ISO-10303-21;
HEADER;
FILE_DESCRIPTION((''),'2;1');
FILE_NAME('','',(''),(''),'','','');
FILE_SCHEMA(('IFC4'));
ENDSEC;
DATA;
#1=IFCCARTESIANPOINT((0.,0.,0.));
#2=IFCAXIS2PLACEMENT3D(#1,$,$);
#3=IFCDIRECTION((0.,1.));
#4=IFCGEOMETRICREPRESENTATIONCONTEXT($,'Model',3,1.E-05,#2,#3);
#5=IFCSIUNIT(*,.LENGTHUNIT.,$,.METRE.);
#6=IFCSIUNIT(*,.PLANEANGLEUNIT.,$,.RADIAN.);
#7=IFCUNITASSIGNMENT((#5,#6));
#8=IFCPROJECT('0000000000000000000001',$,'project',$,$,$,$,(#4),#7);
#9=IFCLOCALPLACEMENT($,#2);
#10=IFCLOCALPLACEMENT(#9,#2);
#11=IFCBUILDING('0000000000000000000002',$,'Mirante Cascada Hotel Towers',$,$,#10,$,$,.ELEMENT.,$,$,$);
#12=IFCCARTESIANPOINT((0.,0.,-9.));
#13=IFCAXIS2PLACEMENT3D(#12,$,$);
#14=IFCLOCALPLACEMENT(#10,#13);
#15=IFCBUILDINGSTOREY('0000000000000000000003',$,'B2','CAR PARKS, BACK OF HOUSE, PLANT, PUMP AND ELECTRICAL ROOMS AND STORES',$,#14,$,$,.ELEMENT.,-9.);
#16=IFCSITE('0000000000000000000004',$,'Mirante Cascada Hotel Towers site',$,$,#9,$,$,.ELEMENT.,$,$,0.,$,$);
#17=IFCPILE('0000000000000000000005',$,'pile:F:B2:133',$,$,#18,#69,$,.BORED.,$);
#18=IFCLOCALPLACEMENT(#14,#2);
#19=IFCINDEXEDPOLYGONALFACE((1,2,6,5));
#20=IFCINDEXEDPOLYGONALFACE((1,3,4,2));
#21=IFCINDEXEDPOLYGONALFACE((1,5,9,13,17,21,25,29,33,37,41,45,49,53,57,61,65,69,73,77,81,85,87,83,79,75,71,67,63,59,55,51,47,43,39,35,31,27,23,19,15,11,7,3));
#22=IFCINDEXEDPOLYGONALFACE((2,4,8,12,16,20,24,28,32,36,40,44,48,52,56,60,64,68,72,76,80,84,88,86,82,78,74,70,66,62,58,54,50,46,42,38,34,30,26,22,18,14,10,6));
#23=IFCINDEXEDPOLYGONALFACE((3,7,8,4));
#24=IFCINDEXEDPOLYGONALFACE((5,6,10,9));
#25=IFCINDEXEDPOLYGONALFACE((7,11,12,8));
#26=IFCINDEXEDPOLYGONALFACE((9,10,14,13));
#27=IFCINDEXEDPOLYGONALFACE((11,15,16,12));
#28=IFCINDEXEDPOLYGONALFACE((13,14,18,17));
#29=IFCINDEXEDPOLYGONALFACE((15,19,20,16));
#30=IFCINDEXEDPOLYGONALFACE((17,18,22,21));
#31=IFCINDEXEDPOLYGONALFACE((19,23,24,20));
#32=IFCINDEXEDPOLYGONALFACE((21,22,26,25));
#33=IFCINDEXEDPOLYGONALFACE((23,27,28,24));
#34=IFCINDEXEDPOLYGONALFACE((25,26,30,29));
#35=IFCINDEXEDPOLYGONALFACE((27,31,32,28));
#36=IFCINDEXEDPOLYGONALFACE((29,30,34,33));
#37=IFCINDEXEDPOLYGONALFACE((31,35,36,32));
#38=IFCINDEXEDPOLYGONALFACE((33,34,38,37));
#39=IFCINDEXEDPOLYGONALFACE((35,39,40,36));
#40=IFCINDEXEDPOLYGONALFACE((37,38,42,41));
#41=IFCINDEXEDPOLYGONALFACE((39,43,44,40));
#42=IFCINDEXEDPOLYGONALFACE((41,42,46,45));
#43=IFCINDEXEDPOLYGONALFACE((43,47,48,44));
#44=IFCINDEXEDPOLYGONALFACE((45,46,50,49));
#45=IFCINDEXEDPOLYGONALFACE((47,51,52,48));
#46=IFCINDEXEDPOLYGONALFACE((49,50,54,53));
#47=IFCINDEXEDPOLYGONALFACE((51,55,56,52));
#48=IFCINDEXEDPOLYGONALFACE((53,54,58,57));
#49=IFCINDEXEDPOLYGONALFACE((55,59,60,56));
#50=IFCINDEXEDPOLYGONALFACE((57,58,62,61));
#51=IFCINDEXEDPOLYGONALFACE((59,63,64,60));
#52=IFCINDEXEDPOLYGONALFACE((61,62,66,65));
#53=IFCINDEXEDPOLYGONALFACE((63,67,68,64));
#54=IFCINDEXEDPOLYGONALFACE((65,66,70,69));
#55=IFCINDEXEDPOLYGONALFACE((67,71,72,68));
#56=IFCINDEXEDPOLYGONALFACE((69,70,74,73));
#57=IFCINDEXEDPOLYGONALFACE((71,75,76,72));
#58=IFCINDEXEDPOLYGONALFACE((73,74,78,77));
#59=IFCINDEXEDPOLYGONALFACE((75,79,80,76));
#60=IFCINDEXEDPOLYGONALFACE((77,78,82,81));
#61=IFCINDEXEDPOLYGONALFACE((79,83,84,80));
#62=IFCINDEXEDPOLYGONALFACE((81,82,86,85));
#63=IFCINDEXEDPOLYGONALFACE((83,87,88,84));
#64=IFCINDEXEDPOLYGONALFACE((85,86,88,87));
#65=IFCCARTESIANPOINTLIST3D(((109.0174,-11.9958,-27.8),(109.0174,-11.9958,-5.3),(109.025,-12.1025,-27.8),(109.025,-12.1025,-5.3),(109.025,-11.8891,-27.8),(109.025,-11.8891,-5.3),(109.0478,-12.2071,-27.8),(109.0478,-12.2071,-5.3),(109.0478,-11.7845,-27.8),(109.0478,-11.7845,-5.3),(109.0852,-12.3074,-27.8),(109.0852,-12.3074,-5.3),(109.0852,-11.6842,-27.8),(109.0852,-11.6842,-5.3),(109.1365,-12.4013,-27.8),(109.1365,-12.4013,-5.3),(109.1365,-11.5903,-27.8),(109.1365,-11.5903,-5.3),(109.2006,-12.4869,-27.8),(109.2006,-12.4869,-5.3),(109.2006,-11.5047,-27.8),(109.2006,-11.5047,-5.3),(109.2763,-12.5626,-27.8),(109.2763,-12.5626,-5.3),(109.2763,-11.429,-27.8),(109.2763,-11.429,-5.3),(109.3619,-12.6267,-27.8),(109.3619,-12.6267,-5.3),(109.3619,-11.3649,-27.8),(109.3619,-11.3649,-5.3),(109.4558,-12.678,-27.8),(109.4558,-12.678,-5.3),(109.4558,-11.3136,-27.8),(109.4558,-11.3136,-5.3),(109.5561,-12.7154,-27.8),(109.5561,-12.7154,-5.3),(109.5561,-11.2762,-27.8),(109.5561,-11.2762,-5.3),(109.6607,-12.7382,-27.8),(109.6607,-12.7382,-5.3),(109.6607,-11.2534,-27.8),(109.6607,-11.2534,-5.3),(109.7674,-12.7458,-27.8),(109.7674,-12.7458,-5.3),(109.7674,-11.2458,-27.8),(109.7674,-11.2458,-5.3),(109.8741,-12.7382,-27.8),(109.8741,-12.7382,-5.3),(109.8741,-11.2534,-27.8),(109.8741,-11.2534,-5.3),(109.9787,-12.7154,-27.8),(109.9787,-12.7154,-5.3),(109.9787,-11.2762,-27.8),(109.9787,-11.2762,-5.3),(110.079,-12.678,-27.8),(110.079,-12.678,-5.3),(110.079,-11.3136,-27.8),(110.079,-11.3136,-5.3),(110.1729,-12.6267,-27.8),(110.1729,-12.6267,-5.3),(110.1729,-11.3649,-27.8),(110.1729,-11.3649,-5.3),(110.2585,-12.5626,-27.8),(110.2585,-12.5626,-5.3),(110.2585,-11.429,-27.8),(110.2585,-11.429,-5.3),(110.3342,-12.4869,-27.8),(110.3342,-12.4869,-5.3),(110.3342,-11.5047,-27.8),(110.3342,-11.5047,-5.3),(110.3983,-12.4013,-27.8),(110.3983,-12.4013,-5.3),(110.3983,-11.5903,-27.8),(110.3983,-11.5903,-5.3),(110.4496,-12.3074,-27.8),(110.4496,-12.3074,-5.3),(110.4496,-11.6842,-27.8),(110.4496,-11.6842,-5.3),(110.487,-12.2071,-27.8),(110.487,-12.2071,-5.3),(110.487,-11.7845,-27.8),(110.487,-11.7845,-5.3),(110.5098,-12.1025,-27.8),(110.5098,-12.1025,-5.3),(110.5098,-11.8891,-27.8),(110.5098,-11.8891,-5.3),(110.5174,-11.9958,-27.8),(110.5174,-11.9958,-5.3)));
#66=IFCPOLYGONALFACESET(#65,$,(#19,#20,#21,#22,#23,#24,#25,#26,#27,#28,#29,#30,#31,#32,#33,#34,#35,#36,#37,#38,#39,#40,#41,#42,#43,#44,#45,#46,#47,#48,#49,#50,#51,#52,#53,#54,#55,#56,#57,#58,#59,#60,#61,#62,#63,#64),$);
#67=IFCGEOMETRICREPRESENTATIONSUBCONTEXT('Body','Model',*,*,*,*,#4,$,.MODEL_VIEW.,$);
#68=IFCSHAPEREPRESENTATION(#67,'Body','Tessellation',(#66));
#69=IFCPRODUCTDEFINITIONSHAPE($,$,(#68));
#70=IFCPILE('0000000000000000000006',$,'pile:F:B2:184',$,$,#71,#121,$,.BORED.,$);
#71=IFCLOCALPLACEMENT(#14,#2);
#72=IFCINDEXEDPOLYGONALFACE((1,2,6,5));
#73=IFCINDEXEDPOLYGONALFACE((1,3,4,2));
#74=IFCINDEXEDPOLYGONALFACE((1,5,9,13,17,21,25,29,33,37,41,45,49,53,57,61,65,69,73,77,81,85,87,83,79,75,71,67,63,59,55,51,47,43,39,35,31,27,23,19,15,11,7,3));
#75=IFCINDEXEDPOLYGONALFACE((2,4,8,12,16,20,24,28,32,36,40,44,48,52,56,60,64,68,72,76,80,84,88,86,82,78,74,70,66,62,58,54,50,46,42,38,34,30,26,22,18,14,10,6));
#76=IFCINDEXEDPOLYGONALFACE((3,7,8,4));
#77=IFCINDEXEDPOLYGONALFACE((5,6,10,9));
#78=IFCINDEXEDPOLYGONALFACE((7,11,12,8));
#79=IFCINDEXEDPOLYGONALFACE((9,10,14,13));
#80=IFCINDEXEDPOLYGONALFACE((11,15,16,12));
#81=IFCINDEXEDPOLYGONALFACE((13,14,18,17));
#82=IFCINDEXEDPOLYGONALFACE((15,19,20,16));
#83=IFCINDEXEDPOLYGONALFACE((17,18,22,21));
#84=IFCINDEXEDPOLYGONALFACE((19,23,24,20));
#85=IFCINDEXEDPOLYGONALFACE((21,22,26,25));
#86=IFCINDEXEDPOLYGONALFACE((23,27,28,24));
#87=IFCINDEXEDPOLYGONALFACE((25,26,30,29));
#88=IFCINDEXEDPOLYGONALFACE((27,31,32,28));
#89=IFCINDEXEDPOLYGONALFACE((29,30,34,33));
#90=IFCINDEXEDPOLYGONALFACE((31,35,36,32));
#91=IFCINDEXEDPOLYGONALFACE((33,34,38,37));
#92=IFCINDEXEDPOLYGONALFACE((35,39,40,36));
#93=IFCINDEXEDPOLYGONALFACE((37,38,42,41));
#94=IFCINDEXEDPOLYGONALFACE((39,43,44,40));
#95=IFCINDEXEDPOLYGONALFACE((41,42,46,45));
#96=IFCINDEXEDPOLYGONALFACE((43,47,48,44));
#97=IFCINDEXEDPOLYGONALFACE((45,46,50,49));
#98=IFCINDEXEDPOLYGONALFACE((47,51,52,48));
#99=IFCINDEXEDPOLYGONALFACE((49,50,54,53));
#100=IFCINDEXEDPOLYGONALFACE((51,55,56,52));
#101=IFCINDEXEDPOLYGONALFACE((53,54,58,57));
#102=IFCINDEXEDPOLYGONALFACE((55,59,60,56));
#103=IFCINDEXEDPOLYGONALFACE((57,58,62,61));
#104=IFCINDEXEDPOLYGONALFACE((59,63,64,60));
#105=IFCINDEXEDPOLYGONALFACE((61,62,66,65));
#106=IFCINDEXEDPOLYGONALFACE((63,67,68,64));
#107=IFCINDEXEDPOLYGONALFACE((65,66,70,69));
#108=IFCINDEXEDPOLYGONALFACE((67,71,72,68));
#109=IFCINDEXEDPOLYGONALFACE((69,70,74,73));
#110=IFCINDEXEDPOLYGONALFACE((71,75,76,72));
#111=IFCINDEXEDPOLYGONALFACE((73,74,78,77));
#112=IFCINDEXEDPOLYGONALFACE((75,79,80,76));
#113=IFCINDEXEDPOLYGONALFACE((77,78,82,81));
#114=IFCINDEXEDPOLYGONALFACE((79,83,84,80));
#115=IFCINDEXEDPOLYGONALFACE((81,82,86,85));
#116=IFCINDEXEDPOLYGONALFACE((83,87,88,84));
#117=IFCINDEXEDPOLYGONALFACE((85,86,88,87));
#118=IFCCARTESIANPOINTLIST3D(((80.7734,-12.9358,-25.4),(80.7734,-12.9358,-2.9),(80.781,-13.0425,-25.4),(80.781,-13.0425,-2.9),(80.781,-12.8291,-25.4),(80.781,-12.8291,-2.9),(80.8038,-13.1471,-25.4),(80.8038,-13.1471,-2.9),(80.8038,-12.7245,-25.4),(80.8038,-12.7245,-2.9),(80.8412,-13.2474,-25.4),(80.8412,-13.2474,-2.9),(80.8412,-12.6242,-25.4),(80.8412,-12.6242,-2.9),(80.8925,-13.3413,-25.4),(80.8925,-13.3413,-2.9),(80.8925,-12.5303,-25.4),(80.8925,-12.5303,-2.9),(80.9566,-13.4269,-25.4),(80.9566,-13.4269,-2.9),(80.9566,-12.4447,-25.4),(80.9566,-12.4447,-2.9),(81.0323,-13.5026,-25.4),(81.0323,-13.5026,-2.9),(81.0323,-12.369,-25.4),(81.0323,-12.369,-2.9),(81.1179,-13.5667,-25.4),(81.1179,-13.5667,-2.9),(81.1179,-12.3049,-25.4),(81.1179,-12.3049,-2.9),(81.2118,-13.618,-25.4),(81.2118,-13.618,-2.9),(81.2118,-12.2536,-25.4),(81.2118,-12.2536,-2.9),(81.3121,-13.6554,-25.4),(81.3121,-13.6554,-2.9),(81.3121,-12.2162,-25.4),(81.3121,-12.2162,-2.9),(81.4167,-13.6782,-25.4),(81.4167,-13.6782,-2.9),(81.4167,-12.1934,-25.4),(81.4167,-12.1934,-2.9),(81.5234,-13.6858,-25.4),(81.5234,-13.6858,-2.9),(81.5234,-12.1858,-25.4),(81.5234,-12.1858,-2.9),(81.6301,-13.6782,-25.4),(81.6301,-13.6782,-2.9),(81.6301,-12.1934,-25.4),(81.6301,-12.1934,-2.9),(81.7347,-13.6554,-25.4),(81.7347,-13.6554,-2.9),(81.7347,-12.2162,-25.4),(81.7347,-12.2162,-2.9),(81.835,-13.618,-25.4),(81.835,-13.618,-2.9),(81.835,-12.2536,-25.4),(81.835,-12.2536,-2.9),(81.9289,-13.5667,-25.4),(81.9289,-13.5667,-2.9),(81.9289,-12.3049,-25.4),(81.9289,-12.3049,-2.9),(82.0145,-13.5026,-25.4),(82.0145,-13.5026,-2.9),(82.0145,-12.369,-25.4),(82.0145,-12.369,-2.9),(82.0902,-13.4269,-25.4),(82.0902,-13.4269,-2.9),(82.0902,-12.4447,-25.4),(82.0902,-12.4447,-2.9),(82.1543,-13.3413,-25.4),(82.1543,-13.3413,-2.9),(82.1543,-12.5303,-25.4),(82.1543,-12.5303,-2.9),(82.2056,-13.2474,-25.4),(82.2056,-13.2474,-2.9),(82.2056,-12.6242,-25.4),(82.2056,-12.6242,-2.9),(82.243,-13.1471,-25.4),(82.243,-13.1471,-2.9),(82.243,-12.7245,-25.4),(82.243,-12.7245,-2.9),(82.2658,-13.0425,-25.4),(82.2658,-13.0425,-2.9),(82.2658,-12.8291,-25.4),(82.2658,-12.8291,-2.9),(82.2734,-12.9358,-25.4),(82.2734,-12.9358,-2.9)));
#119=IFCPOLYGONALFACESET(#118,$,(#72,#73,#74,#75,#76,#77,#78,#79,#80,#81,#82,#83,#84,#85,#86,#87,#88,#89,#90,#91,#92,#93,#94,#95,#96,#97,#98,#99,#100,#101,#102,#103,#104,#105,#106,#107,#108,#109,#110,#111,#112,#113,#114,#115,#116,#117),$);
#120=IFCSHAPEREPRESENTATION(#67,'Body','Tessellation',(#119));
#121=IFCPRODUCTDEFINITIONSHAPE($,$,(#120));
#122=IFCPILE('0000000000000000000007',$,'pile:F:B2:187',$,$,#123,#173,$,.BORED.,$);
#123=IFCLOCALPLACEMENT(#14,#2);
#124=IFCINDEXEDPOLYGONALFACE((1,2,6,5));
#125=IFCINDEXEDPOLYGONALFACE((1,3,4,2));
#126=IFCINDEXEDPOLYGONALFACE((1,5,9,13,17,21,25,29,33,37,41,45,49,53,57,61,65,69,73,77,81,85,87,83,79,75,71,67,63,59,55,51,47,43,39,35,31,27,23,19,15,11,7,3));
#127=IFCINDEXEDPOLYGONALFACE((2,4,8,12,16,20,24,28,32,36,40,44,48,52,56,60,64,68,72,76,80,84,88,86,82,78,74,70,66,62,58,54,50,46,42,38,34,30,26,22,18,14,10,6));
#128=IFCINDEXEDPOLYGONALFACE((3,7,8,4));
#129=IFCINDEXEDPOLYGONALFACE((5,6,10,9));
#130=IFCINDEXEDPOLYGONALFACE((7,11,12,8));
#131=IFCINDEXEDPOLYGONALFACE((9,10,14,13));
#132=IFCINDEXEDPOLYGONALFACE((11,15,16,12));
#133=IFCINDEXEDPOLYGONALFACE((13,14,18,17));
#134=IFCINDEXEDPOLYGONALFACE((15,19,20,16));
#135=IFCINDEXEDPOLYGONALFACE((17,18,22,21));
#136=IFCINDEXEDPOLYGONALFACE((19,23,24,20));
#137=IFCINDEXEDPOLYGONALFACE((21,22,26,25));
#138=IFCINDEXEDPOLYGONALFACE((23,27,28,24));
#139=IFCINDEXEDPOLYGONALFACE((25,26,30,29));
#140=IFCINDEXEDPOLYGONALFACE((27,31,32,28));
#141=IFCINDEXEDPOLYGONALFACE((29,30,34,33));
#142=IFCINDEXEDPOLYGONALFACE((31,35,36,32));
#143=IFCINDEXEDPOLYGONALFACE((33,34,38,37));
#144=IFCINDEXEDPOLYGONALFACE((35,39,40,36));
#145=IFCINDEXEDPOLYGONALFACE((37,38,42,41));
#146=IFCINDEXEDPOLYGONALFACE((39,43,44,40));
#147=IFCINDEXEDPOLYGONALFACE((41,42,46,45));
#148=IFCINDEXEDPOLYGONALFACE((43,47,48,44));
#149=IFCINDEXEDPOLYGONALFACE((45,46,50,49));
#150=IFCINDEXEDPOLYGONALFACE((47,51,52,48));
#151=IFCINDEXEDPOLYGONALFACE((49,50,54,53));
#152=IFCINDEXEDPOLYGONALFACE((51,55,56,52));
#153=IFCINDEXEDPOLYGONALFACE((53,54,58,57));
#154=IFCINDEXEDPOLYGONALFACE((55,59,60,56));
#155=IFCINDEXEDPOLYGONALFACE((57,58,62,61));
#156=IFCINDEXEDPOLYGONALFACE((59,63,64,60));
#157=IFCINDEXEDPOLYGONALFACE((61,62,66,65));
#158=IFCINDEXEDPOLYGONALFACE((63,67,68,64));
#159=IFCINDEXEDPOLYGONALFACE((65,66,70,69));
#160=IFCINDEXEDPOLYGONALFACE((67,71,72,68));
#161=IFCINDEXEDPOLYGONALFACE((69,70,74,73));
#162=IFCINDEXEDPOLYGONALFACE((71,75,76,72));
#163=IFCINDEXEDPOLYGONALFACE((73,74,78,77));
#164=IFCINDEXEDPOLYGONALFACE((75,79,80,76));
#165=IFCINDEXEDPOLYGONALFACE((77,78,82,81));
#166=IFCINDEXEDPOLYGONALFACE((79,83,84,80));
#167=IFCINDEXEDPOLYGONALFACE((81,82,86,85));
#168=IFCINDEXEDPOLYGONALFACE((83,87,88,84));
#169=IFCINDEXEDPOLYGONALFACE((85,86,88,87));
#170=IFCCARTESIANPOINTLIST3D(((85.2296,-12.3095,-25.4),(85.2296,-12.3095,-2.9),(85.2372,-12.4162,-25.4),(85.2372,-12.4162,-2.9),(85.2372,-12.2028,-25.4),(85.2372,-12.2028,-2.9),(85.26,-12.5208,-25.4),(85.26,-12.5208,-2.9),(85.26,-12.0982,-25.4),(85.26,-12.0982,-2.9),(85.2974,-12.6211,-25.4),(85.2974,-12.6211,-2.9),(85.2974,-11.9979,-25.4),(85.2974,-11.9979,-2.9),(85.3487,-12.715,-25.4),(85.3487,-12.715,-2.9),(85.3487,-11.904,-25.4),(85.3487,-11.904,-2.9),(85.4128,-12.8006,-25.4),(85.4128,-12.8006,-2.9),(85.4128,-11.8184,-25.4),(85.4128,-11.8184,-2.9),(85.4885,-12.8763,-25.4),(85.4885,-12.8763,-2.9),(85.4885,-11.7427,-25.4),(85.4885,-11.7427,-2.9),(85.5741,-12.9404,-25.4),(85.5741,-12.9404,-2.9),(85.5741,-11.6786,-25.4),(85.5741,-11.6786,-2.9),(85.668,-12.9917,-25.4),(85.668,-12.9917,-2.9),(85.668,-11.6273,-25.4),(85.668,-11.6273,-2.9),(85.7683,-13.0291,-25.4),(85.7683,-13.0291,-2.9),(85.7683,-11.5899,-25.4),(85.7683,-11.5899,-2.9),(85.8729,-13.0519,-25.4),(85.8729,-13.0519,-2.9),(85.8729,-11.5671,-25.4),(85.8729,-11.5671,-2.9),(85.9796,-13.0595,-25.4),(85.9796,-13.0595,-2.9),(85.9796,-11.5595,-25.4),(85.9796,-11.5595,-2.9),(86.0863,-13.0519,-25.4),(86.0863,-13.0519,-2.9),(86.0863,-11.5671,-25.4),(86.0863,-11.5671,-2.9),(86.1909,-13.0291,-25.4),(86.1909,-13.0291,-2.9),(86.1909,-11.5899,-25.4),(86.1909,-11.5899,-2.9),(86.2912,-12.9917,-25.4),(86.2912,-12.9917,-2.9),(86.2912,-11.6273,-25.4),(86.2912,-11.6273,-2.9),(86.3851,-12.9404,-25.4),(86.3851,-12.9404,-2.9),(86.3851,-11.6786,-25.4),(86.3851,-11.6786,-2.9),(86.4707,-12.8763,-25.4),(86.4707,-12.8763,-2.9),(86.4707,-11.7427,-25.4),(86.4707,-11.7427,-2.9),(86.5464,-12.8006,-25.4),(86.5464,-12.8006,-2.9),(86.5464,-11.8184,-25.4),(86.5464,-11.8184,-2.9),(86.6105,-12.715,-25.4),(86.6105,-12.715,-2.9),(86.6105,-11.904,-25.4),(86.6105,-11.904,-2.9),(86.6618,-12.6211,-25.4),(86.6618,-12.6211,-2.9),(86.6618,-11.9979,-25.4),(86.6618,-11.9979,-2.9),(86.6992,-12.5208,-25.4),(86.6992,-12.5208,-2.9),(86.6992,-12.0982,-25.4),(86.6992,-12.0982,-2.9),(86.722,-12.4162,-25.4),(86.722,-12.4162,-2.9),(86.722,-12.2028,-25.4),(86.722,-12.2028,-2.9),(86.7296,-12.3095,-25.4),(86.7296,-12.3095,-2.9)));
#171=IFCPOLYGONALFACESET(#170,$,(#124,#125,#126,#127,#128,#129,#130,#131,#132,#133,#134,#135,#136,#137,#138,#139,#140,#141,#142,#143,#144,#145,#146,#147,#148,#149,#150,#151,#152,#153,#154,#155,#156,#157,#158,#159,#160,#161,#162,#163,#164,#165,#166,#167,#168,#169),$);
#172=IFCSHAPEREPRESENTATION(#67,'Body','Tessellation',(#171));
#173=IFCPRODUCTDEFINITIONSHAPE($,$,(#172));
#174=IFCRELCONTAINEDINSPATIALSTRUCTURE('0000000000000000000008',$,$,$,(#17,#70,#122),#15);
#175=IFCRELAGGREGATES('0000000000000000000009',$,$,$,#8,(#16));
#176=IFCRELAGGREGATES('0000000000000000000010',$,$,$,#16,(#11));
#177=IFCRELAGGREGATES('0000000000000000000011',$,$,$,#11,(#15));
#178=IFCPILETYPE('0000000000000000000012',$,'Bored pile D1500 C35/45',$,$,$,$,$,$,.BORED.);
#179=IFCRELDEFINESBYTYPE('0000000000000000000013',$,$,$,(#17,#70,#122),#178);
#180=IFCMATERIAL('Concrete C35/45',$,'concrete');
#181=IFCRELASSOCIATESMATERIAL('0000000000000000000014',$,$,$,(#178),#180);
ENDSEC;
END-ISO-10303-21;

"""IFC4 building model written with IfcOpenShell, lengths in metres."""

from ifc_helpers import new_model, si_unit, direction, frame, origin, origin_2d, place, context, subcontext, project, spatial, circle, extrude, material, material_profile, profile_set, type_object, element, save


model = new_model("IFC4")

# Units and contexts
model_context = context("Model", 3, precision=1e-05, world=origin(), true_north=direction((0.0, 1.0)))
body_context = subcontext(model_context, "Body", "Model", "MODEL_VIEW")
ifc_project = project(units=[si_unit("LENGTHUNIT", "METRE"), si_unit("PLANEANGLEUNIT", "RADIAN")], contexts=[model_context])

# Site, building, storey
site_placement = place(None, origin())
site = spatial("IfcSite", under=ifc_project, at=site_placement, Name="Mirante Cascada Hotel Towers site", CompositionType="ELEMENT", RefElevation=0.0)
building_placement = place(site_placement, origin())
building = spatial("IfcBuilding", under=site, at=building_placement, Name="Mirante Cascada Hotel Towers", CompositionType="ELEMENT")
storey_placement = place(building_placement, frame((0.0, 0.0, -9.0)))
storey = spatial("IfcBuildingStorey", under=building, at=storey_placement, Name="B2", Description="CAR PARKS, BACK OF HOUSE, PLANT, PUMP AND ELECTRICAL ROOMS AND STORES", CompositionType="ELEMENT", Elevation=-9.0)

# Piles
ifc_material_1 = material(Name="Concrete C35/45", Category="concrete")
ifc_material_profile_1 = material_profile(ifc_material_1, circle(Radius=0.75, at=origin_2d()), Name="RC D1500")
ifc_profile_set_1 = profile_set([ifc_material_profile_1], Name="Concrete C35/45")
pile_type = type_object("IfcPileType", Name="Bored pile D1500 C35/45", PredefinedType="BORED", material=ifc_profile_set_1)
for number, where, z_axis, x_axis, name in (
    (1, (109.7674, -11.9958, -5.3), (0.0, 0.0, -1.0), (1.0, 0.0, 0.0), "pile:F:B2:133"),
    (2, (81.5234, -12.9358, -2.9), (0.0, 0.0, -1.0), (1.0, 0.0, 0.0), "pile:F:B2:184"),
    (3, (85.9796, -12.3095, -2.9), (0.0, 0.0, -1.0), (1.0, 0.0, 0.0), "pile:F:B2:187"),
):
    element("IfcPile", number, at=place(storey_placement, frame(where, z_axis=z_axis, x_axis=x_axis)), inside=storey, type_object=pile_type, Name=name, PredefinedType="BORED", context=body_context, shape_type="SweptSolid", body=[
        extrude(circle(Radius=0.75, at=origin_2d()), origin(), (0.0, 0.0, 1.0), 22.5),
    ])

save(model, "model.ifc")
